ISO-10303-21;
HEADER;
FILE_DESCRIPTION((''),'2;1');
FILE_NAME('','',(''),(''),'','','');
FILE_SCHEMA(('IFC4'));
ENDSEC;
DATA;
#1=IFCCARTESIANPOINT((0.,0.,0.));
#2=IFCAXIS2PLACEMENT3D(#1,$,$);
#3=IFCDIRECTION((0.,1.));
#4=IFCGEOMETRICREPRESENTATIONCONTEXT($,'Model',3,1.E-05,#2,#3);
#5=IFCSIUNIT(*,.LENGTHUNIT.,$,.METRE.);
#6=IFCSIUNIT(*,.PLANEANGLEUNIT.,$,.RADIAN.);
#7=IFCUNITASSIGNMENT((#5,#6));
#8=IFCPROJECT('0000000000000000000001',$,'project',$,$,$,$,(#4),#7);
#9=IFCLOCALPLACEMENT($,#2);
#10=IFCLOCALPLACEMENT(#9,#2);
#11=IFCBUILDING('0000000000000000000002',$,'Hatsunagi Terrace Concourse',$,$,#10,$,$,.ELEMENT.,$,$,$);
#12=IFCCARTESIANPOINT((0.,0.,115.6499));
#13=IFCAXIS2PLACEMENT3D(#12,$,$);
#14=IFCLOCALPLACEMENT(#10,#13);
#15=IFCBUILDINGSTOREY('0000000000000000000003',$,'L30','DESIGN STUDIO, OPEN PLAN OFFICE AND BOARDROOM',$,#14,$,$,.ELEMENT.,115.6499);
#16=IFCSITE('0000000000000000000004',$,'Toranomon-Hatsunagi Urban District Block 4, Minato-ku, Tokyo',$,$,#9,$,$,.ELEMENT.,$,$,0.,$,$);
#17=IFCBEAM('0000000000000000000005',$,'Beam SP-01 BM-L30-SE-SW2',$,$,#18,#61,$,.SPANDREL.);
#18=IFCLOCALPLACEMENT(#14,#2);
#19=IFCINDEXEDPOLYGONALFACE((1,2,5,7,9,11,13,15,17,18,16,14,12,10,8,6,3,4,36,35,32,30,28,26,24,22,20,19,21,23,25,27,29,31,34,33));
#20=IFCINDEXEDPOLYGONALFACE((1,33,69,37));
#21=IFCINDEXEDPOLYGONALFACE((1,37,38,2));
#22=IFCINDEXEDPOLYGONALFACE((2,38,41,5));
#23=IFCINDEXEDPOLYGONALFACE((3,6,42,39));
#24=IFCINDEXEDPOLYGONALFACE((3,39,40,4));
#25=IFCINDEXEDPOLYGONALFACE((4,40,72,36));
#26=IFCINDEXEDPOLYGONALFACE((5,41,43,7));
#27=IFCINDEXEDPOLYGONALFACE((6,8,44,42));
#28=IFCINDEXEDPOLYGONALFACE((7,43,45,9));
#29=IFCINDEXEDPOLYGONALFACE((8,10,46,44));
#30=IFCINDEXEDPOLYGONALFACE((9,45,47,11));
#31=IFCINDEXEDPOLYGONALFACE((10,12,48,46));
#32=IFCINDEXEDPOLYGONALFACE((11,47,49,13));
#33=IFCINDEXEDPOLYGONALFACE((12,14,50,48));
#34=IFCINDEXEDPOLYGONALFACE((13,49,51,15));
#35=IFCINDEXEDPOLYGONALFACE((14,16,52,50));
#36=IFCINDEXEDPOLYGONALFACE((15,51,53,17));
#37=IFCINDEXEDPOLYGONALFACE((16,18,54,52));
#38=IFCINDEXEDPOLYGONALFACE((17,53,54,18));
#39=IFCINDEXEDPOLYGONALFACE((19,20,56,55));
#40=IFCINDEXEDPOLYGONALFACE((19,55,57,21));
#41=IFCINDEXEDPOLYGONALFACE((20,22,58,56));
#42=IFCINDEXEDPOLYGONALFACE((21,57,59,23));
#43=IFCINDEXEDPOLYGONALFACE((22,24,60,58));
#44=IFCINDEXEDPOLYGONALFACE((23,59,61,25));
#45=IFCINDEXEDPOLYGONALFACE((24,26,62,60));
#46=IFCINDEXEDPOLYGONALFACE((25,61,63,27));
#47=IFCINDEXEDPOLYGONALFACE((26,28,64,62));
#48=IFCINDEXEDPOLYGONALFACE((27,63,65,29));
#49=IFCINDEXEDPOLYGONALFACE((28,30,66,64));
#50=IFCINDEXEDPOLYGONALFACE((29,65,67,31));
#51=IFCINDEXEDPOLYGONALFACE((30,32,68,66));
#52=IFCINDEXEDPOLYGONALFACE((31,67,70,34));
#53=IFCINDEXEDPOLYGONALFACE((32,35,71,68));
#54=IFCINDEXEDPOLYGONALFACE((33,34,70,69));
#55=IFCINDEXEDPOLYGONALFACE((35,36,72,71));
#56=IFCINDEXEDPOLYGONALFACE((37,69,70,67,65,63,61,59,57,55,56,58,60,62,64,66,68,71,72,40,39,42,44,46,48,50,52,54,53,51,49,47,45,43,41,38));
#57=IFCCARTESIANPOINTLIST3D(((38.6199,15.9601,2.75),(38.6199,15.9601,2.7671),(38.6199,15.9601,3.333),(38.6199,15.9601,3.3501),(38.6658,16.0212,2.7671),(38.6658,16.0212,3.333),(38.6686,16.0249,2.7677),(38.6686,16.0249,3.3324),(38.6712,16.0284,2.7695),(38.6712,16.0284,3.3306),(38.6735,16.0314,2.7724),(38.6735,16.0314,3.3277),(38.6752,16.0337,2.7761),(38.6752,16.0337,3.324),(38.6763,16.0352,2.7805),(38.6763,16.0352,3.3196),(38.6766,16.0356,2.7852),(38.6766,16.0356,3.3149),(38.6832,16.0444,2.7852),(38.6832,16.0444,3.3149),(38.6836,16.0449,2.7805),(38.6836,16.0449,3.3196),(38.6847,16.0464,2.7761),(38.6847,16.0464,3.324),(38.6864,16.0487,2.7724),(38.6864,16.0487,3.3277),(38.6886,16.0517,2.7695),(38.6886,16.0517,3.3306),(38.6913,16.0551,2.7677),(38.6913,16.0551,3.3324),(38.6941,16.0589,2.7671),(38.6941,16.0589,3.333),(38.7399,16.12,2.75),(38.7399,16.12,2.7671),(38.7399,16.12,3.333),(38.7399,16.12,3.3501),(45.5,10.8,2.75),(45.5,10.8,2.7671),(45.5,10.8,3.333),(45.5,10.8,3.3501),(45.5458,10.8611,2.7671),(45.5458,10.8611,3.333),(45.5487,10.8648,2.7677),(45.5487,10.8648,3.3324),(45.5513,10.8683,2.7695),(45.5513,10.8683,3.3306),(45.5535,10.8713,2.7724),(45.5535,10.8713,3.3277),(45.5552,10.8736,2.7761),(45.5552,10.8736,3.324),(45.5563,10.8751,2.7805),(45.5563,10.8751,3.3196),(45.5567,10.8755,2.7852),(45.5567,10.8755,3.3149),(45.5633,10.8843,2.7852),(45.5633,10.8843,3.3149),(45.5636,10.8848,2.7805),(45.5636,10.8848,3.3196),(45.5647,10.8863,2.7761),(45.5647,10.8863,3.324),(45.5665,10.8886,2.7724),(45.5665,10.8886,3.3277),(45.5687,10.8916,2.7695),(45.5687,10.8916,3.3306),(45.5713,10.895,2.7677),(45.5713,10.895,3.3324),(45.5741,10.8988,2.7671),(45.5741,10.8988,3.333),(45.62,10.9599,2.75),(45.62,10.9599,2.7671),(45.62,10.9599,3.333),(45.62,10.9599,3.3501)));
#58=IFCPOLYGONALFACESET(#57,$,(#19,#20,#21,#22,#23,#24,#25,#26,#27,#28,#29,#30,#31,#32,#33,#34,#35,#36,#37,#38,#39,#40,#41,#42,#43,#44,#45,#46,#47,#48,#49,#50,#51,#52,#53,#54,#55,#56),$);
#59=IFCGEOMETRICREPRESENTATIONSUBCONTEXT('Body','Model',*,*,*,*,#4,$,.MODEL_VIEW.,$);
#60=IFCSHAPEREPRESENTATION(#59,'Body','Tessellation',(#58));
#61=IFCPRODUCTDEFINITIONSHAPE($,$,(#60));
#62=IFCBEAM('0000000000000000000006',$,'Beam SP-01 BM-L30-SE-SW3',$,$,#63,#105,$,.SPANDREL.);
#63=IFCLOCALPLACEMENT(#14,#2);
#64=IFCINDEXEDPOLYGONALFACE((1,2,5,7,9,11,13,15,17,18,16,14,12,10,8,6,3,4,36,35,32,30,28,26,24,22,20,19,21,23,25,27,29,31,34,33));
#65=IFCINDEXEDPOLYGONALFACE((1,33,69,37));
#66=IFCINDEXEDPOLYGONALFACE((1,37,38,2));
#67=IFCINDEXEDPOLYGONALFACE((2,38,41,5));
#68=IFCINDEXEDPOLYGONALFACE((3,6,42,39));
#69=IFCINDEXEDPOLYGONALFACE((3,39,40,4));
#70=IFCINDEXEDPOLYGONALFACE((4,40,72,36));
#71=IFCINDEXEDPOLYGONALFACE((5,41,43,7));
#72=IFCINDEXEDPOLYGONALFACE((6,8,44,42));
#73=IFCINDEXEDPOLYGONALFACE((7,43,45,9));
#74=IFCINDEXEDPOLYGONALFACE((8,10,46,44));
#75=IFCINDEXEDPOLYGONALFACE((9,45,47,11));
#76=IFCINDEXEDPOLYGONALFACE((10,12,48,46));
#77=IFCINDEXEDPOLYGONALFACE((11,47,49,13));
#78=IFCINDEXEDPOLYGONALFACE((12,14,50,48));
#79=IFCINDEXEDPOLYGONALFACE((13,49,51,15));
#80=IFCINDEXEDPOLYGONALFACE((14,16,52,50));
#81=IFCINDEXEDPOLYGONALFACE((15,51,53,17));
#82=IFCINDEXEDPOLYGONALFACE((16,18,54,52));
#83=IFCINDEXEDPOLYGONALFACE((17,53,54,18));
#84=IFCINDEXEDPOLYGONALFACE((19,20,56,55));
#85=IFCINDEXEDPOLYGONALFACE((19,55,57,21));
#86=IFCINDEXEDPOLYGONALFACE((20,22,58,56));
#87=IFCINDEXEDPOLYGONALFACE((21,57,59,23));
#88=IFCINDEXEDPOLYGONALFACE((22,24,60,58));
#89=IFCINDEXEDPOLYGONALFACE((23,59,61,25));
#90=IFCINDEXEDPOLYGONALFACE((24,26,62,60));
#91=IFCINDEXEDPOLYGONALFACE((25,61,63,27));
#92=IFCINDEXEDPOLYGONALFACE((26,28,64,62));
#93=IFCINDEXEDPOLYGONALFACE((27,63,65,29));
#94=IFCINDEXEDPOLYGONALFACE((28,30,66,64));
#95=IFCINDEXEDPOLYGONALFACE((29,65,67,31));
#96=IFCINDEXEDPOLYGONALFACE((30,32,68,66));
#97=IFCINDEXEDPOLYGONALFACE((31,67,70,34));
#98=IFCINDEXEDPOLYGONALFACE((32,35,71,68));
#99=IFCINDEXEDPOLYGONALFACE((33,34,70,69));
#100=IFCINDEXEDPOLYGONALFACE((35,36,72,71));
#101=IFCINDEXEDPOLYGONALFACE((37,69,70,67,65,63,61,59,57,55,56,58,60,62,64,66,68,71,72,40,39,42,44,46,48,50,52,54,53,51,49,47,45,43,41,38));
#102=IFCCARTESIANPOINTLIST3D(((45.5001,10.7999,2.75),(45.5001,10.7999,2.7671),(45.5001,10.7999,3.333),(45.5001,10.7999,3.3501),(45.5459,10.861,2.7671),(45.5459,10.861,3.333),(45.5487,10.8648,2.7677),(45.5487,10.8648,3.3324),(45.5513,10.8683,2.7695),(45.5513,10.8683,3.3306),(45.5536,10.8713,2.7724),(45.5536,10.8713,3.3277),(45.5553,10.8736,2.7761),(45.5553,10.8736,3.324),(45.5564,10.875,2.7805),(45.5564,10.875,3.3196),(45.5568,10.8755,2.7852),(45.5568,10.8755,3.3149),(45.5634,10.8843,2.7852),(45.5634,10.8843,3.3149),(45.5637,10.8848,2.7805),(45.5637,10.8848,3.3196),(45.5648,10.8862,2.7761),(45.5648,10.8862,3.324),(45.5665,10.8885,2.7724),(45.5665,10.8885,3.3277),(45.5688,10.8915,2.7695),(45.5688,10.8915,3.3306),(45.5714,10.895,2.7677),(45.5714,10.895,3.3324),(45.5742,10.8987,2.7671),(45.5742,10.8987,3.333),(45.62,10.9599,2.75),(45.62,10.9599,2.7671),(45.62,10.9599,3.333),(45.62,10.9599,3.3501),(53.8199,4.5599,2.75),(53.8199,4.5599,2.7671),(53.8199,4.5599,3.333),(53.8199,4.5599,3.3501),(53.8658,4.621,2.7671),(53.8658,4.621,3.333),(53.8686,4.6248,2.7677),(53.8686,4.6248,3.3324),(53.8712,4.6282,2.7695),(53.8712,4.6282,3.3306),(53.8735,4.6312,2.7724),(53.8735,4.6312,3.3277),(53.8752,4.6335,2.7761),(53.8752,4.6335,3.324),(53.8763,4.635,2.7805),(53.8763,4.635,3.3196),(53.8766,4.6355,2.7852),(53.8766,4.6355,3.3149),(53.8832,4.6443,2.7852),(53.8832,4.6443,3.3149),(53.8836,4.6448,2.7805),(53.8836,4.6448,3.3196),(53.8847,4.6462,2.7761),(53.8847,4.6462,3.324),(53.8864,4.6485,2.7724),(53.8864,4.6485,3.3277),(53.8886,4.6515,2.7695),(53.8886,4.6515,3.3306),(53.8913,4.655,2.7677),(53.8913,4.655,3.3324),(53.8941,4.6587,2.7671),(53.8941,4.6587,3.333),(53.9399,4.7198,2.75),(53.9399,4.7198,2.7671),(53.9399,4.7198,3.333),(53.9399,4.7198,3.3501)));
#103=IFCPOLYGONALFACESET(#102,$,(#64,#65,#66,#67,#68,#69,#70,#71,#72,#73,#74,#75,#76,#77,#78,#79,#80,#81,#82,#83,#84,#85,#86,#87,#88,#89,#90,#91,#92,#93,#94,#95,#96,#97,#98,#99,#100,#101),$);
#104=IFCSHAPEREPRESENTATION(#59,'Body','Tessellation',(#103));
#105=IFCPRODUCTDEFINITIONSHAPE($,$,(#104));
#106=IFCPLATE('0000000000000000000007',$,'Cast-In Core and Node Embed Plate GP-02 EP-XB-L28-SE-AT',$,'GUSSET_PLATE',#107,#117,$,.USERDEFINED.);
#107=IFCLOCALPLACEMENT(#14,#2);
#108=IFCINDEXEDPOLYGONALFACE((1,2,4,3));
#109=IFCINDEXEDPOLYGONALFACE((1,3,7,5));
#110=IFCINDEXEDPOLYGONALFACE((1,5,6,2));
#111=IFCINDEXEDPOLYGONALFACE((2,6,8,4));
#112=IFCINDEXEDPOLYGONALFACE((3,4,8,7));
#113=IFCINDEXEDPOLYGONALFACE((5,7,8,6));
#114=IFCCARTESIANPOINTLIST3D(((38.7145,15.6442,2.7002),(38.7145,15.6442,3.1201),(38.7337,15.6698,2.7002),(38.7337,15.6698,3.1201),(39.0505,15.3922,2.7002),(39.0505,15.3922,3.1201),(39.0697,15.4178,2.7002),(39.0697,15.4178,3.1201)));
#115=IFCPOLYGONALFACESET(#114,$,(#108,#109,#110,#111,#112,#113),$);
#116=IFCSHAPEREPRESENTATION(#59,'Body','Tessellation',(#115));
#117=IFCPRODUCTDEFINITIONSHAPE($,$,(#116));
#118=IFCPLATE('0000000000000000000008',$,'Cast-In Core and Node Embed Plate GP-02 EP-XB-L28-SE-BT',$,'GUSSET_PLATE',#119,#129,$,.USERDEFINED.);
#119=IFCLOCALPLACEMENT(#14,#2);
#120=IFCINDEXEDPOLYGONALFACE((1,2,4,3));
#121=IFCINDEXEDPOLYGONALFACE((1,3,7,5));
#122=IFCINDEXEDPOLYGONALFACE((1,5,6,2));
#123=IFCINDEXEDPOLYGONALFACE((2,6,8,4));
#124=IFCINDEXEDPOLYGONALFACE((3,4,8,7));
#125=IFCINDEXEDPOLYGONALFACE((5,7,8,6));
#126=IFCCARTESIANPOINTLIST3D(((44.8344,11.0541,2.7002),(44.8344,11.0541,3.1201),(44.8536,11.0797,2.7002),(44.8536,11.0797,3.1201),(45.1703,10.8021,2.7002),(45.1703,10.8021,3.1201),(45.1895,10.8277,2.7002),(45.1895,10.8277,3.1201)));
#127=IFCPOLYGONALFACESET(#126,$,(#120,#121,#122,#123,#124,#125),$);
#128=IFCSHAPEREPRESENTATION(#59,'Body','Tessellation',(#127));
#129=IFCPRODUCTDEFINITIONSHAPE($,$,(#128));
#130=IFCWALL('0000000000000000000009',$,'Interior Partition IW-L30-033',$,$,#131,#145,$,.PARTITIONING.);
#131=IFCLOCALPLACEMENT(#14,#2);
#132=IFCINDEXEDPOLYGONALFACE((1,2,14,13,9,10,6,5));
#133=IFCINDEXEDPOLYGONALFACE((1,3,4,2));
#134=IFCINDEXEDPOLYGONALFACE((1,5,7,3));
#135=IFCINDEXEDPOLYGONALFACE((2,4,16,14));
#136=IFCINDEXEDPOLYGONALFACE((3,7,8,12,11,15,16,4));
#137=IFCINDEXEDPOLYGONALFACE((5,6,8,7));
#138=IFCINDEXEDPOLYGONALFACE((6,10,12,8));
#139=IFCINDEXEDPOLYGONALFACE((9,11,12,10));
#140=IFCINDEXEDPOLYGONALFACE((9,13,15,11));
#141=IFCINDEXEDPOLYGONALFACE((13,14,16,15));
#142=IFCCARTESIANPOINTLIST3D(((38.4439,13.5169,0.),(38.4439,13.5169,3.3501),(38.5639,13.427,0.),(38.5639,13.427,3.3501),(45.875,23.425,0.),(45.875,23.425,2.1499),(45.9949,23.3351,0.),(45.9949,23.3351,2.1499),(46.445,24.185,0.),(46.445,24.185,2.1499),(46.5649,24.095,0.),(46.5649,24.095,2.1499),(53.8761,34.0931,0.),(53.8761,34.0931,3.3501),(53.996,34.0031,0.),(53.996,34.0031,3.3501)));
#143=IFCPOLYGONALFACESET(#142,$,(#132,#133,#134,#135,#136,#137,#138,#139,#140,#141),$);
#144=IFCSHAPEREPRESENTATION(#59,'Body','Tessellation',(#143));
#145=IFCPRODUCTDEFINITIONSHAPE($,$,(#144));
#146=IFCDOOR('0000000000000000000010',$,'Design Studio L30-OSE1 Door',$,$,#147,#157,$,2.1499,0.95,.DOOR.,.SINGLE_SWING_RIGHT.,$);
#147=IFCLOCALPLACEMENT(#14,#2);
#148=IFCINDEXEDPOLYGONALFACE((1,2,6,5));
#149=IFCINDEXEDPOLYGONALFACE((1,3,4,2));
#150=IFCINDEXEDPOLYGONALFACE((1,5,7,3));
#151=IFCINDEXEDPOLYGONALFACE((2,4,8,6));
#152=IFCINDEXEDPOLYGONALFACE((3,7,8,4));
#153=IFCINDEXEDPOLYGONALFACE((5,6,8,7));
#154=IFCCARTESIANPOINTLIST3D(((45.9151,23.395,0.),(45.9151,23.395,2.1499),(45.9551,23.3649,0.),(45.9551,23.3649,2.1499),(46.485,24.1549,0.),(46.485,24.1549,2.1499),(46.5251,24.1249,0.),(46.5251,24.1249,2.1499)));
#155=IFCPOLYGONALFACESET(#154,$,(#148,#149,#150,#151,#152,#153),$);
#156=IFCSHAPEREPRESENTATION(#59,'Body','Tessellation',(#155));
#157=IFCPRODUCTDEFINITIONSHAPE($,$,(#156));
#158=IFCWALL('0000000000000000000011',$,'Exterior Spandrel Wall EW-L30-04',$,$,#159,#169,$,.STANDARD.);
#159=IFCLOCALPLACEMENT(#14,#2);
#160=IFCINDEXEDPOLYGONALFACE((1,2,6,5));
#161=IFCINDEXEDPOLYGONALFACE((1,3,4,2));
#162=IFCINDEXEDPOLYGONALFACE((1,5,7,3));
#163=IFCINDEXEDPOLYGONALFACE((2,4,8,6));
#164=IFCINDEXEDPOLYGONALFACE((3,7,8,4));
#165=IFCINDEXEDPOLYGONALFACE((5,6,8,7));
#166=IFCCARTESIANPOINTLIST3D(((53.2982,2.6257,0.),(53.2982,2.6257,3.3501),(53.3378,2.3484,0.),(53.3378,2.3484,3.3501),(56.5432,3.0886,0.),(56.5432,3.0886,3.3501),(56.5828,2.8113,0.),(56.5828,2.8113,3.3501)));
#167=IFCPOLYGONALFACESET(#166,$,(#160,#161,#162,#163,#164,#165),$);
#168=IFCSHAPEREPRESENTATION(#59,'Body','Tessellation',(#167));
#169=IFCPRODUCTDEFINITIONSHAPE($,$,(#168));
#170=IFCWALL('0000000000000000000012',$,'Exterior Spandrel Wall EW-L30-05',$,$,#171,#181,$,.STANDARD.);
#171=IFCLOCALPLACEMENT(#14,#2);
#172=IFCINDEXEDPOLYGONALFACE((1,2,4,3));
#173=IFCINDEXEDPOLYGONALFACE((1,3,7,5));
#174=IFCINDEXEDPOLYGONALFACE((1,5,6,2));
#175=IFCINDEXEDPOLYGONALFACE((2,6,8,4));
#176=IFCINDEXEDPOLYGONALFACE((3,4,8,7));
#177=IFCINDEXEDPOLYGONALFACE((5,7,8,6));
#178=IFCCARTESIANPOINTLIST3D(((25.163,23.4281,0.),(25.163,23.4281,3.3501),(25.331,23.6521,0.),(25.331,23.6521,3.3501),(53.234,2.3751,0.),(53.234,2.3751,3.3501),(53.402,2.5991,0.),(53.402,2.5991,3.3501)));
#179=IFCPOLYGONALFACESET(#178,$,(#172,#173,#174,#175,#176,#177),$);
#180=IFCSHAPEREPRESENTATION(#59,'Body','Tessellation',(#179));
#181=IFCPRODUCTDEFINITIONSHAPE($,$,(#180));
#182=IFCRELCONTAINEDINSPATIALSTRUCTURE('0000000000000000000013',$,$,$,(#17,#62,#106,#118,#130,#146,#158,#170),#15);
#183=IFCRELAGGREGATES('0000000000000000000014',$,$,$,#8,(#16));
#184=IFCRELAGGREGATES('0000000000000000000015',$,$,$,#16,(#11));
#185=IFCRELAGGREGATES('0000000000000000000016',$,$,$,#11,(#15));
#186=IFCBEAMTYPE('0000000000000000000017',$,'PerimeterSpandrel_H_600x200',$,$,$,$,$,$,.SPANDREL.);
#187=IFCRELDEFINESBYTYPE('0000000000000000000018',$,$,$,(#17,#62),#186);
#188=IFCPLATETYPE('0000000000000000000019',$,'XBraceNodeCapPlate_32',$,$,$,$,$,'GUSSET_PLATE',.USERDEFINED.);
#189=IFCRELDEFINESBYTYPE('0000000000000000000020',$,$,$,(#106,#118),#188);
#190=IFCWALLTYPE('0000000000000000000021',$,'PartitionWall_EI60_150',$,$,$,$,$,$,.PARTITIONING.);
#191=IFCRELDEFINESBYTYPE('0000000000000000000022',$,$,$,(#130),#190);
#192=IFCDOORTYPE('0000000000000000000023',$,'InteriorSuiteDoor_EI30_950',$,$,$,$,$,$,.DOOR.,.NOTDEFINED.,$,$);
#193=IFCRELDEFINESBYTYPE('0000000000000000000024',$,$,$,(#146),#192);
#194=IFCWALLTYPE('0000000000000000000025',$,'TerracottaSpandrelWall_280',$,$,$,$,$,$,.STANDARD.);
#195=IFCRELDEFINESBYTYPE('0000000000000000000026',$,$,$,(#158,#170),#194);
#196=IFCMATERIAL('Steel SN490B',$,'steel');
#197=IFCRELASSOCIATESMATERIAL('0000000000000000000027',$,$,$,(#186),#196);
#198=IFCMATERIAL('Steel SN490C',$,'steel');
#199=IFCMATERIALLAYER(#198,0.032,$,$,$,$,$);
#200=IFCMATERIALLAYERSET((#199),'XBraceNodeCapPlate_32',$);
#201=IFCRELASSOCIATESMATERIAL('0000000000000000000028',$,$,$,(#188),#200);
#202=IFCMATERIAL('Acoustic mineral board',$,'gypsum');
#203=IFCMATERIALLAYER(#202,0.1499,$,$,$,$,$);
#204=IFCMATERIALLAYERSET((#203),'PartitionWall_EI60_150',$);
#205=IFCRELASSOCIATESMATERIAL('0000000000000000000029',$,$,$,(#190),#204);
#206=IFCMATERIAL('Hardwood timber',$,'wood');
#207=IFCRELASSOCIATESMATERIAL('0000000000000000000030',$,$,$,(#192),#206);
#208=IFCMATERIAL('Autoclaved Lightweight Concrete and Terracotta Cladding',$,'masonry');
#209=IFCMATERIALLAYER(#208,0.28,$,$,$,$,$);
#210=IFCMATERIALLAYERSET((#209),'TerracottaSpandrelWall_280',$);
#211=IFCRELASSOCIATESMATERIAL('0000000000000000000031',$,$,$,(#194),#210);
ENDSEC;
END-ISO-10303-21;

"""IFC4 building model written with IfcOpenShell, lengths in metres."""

from ifc_helpers import new_model, si_unit, direction, frame, frame_2d, origin, origin_2d, place, context, subcontext, project, spatial, rectangle, i_section, extrude, material, layer, layer_set, material_profile, profile_set, type_object, element, fill, save


model = new_model("IFC4")

# Units and contexts
model_context = context("Model", 3, precision=1e-05, world=origin(), true_north=direction((0.0, 1.0)))
body_context = subcontext(model_context, "Body", "Model", "MODEL_VIEW")
ifc_project = project(units=[si_unit("LENGTHUNIT", "METRE"), si_unit("PLANEANGLEUNIT", "RADIAN")], contexts=[model_context])

# Site, building, storey
site_placement = place(None, origin())
site = spatial("IfcSite", under=ifc_project, at=site_placement, Name="Toranomon-Hatsunagi Urban District Block 4, Minato-ku, Tokyo", CompositionType="ELEMENT", RefElevation=0.0)
building_placement = place(site_placement, origin())
building = spatial("IfcBuilding", under=site, at=building_placement, Name="Hatsunagi Terrace Concourse", CompositionType="ELEMENT")
storey_placement = place(building_placement, frame((0.0, 0.0, 115.6499)))
storey = spatial("IfcBuildingStorey", under=building, at=storey_placement, Name="L30", Description="DESIGN STUDIO, OPEN PLAN OFFICE AND BOARDROOM", CompositionType="ELEMENT", Elevation=115.6499)

# Beams
ifc_material_1 = material(Name="Steel SN490B", Category="steel")
ifc_material_profile_1 = material_profile(ifc_material_1, i_section(OverallWidth=0.2, OverallDepth=0.6001, WebThickness=0.011, FlangeThickness=0.0171, FilletRadius=0.0181, at=origin_2d()), Name="H-600x200x11x17")
ifc_profile_set_1 = profile_set([ifc_material_profile_1], Name="Steel SN490B")
beam_type_1 = type_object("IfcBeamType", Name="PerimeterSpandrel_H_600x200", PredefinedType="SPANDREL", material=ifc_profile_set_1)
beam_1_placement = place(storey_placement, frame((38.6799, 16.04, 3.05), z_axis=(0.799997, -0.600005, 0.0), x_axis=(0.600005, 0.799997, 0.0)))
element("IfcBeam", 1, at=beam_1_placement, inside=storey, type_object=beam_type_1, Name="Beam SP-01 BM-L30-SE-SW2", PredefinedType="SPANDREL", context=body_context, shape_type="SweptSolid", body=[
    extrude(i_section(OverallWidth=0.2, OverallDepth=0.6001, WebThickness=0.011, FlangeThickness=0.0171, FilletRadius=0.0181, at=origin_2d()), origin(), (0.0, 0.0, 1.0), 8.6001),
])
beam_2_placement = place(storey_placement, frame((45.5601, 10.8799, 3.05), z_axis=(0.799994, -0.600008, 0.0), x_axis=(0.600008, 0.799994, 0.0)))
element("IfcBeam", 2, at=beam_2_placement, inside=storey, type_object=beam_type_1, Name="Beam SP-01 BM-L30-SE-SW3", PredefinedType="SPANDREL", context=body_context, shape_type="SweptSolid", body=[
    extrude(i_section(OverallWidth=0.2, OverallDepth=0.6001, WebThickness=0.011, FlangeThickness=0.0171, FilletRadius=0.0181, at=origin_2d()), origin(), (0.0, 0.0, 1.0), 10.3999),
])

# Plates
ifc_material_2 = material(Name="Steel SN490C", Category="steel")
ifc_layer_1 = layer(ifc_material_2, 0.032)
ifc_layer_set_1 = layer_set([ifc_layer_1], Name="XBraceNodeCapPlate_32")
plate_type = type_object("IfcPlateType", Name="XBraceNodeCapPlate_32", ElementType="GUSSET_PLATE", PredefinedType="USERDEFINED", material=ifc_layer_set_1)
for number, where, z_axis, x_axis, name in (
    (3, (38.8921, 15.531, 2.7002), (0.0, 0.0, 1.0), (0.8, -0.6, 0.0), "Cast-In Core and Node Embed Plate GP-02 EP-XB-L28-SE-AT"),
    (4, (45.012, 10.9409, 2.7002), (0.0, 0.0, 1.0), (0.8, -0.6, 0.0), "Cast-In Core and Node Embed Plate GP-02 EP-XB-L28-SE-BT"),
):
    element("IfcPlate", number, at=place(storey_placement, frame(where, z_axis=z_axis, x_axis=x_axis)), inside=storey, type_object=plate_type, Name=name, ObjectType="GUSSET_PLATE", PredefinedType="USERDEFINED", context=body_context, shape_type="SweptSolid", body=[
        extrude(rectangle(XDim=0.4199, YDim=0.032, at=origin_2d()), origin(), (0.0, 0.0, 1.0), 0.4199),
    ])

# Wall, opening, door
ifc_material_3 = material(Name="Acoustic mineral board", Category="gypsum")
ifc_layer_2 = layer(ifc_material_3, 0.1499)
ifc_layer_set_2 = layer_set([ifc_layer_2], Name="PartitionWall_EI60_150")
wall_type_1 = type_object("IfcWallType", Name="PartitionWall_EI60_150", PredefinedType="PARTITIONING", material=ifc_layer_set_2)
wall_1_placement = place(storey_placement, frame((38.5039, 13.4719, 0.0), z_axis=(0.0, 0.0, 1.0), x_axis=(0.6, 0.8, 0.0)))
wall_1 = element("IfcWall", 5, at=wall_1_placement, inside=storey, type_object=wall_type_1, Name="Interior Partition IW-L30-033", PredefinedType="PARTITIONING", context=body_context, shape_type="SweptSolid", body=[
    extrude(rectangle(XDim=25.7202, YDim=0.1499, at=frame_2d((12.8601, 0.0))), origin(), (0.0, 0.0, 1.0), 3.3501),
])
opening_placement = place(wall_1_placement, frame((12.385, 0.0, 0.0)))
opening = element("IfcOpeningElement", 6, at=opening_placement, cuts=wall_1, PredefinedType="OPENING", context=body_context, shape_type="SweptSolid", body=[
    extrude(rectangle(XDim=0.95, YDim=2.1499, at=frame_2d((0.4751, 1.075))), frame((0.0, 0.085, 0.0), z_axis=(0.0, -1.0, 0.0), x_axis=(1.0, 0.0, 0.0)), (0.0, 0.0, 1.0), 0.1699),
])
ifc_material_4 = material(Name="Hardwood timber", Category="wood")
door_type = type_object("IfcDoorType", Name="InteriorSuiteDoor_EI30_950", OperationType="NOTDEFINED", PredefinedType="DOOR", material=ifc_material_4)
door_placement = place(opening_placement, origin())
door = element("IfcDoor", 7, at=door_placement, inside=storey, type_object=door_type, Name="Design Studio L30-OSE1 Door", OperationType="SINGLE_SWING_RIGHT", OverallHeight=2.1499, OverallWidth=0.95, PredefinedType="DOOR", context=body_context, shape_type="SweptSolid", body=[
    extrude(rectangle(XDim=0.95, YDim=2.1499, at=frame_2d((0.4751, 1.075))), frame((0.0, 0.0249, 0.0), z_axis=(0.0, -1.0, 0.0), x_axis=(1.0, 0.0, 0.0)), (0.0, 0.0, 1.0), 0.05),
])
fill(opening, door)

# Walls
ifc_material_5 = material(Name="Autoclaved Lightweight Concrete and Terracotta Cladding", Category="masonry")
ifc_layer_3 = layer(ifc_material_5, 0.28)
ifc_layer_set_3 = layer_set([ifc_layer_3], Name="TerracottaSpandrelWall_280")
wall_type_2 = type_object("IfcWallType", Name="TerracottaSpandrelWall_280", PredefinedType="STANDARD", material=ifc_layer_set_3)
wall_2_placement = place(storey_placement, frame((56.563, 2.95, 0.0), z_axis=(0.0, 0.0, 1.0), x_axis=(-0.989978, -0.141223, 0.0)))
element("IfcWall", 8, at=wall_2_placement, inside=storey, type_object=wall_type_2, Name="Exterior Spandrel Wall EW-L30-04", PredefinedType="STANDARD", context=body_context, shape_type="SweptSolid", body=[
    extrude(rectangle(XDim=3.2778, YDim=0.28, at=frame_2d((1.6389, 0.0))), origin(), (0.0, 0.0, 1.0), 3.3501),
])
wall_3_placement = place(storey_placement, frame((53.3181, 2.4871, 0.0), z_axis=(0.0, 0.0, 1.0), x_axis=(-0.800004, 0.599994, 0.0)))
element("IfcWall", 9, at=wall_3_placement, inside=storey, type_object=wall_type_2, Name="Exterior Spandrel Wall EW-L30-05", PredefinedType="STANDARD", context=body_context, shape_type="SweptSolid", body=[
    extrude(rectangle(XDim=35.0886, YDim=0.28, at=frame_2d((17.5444, 0.0))), origin(), (0.0, 0.0, 1.0), 3.3501),
])

save(model, "model.ifc")
